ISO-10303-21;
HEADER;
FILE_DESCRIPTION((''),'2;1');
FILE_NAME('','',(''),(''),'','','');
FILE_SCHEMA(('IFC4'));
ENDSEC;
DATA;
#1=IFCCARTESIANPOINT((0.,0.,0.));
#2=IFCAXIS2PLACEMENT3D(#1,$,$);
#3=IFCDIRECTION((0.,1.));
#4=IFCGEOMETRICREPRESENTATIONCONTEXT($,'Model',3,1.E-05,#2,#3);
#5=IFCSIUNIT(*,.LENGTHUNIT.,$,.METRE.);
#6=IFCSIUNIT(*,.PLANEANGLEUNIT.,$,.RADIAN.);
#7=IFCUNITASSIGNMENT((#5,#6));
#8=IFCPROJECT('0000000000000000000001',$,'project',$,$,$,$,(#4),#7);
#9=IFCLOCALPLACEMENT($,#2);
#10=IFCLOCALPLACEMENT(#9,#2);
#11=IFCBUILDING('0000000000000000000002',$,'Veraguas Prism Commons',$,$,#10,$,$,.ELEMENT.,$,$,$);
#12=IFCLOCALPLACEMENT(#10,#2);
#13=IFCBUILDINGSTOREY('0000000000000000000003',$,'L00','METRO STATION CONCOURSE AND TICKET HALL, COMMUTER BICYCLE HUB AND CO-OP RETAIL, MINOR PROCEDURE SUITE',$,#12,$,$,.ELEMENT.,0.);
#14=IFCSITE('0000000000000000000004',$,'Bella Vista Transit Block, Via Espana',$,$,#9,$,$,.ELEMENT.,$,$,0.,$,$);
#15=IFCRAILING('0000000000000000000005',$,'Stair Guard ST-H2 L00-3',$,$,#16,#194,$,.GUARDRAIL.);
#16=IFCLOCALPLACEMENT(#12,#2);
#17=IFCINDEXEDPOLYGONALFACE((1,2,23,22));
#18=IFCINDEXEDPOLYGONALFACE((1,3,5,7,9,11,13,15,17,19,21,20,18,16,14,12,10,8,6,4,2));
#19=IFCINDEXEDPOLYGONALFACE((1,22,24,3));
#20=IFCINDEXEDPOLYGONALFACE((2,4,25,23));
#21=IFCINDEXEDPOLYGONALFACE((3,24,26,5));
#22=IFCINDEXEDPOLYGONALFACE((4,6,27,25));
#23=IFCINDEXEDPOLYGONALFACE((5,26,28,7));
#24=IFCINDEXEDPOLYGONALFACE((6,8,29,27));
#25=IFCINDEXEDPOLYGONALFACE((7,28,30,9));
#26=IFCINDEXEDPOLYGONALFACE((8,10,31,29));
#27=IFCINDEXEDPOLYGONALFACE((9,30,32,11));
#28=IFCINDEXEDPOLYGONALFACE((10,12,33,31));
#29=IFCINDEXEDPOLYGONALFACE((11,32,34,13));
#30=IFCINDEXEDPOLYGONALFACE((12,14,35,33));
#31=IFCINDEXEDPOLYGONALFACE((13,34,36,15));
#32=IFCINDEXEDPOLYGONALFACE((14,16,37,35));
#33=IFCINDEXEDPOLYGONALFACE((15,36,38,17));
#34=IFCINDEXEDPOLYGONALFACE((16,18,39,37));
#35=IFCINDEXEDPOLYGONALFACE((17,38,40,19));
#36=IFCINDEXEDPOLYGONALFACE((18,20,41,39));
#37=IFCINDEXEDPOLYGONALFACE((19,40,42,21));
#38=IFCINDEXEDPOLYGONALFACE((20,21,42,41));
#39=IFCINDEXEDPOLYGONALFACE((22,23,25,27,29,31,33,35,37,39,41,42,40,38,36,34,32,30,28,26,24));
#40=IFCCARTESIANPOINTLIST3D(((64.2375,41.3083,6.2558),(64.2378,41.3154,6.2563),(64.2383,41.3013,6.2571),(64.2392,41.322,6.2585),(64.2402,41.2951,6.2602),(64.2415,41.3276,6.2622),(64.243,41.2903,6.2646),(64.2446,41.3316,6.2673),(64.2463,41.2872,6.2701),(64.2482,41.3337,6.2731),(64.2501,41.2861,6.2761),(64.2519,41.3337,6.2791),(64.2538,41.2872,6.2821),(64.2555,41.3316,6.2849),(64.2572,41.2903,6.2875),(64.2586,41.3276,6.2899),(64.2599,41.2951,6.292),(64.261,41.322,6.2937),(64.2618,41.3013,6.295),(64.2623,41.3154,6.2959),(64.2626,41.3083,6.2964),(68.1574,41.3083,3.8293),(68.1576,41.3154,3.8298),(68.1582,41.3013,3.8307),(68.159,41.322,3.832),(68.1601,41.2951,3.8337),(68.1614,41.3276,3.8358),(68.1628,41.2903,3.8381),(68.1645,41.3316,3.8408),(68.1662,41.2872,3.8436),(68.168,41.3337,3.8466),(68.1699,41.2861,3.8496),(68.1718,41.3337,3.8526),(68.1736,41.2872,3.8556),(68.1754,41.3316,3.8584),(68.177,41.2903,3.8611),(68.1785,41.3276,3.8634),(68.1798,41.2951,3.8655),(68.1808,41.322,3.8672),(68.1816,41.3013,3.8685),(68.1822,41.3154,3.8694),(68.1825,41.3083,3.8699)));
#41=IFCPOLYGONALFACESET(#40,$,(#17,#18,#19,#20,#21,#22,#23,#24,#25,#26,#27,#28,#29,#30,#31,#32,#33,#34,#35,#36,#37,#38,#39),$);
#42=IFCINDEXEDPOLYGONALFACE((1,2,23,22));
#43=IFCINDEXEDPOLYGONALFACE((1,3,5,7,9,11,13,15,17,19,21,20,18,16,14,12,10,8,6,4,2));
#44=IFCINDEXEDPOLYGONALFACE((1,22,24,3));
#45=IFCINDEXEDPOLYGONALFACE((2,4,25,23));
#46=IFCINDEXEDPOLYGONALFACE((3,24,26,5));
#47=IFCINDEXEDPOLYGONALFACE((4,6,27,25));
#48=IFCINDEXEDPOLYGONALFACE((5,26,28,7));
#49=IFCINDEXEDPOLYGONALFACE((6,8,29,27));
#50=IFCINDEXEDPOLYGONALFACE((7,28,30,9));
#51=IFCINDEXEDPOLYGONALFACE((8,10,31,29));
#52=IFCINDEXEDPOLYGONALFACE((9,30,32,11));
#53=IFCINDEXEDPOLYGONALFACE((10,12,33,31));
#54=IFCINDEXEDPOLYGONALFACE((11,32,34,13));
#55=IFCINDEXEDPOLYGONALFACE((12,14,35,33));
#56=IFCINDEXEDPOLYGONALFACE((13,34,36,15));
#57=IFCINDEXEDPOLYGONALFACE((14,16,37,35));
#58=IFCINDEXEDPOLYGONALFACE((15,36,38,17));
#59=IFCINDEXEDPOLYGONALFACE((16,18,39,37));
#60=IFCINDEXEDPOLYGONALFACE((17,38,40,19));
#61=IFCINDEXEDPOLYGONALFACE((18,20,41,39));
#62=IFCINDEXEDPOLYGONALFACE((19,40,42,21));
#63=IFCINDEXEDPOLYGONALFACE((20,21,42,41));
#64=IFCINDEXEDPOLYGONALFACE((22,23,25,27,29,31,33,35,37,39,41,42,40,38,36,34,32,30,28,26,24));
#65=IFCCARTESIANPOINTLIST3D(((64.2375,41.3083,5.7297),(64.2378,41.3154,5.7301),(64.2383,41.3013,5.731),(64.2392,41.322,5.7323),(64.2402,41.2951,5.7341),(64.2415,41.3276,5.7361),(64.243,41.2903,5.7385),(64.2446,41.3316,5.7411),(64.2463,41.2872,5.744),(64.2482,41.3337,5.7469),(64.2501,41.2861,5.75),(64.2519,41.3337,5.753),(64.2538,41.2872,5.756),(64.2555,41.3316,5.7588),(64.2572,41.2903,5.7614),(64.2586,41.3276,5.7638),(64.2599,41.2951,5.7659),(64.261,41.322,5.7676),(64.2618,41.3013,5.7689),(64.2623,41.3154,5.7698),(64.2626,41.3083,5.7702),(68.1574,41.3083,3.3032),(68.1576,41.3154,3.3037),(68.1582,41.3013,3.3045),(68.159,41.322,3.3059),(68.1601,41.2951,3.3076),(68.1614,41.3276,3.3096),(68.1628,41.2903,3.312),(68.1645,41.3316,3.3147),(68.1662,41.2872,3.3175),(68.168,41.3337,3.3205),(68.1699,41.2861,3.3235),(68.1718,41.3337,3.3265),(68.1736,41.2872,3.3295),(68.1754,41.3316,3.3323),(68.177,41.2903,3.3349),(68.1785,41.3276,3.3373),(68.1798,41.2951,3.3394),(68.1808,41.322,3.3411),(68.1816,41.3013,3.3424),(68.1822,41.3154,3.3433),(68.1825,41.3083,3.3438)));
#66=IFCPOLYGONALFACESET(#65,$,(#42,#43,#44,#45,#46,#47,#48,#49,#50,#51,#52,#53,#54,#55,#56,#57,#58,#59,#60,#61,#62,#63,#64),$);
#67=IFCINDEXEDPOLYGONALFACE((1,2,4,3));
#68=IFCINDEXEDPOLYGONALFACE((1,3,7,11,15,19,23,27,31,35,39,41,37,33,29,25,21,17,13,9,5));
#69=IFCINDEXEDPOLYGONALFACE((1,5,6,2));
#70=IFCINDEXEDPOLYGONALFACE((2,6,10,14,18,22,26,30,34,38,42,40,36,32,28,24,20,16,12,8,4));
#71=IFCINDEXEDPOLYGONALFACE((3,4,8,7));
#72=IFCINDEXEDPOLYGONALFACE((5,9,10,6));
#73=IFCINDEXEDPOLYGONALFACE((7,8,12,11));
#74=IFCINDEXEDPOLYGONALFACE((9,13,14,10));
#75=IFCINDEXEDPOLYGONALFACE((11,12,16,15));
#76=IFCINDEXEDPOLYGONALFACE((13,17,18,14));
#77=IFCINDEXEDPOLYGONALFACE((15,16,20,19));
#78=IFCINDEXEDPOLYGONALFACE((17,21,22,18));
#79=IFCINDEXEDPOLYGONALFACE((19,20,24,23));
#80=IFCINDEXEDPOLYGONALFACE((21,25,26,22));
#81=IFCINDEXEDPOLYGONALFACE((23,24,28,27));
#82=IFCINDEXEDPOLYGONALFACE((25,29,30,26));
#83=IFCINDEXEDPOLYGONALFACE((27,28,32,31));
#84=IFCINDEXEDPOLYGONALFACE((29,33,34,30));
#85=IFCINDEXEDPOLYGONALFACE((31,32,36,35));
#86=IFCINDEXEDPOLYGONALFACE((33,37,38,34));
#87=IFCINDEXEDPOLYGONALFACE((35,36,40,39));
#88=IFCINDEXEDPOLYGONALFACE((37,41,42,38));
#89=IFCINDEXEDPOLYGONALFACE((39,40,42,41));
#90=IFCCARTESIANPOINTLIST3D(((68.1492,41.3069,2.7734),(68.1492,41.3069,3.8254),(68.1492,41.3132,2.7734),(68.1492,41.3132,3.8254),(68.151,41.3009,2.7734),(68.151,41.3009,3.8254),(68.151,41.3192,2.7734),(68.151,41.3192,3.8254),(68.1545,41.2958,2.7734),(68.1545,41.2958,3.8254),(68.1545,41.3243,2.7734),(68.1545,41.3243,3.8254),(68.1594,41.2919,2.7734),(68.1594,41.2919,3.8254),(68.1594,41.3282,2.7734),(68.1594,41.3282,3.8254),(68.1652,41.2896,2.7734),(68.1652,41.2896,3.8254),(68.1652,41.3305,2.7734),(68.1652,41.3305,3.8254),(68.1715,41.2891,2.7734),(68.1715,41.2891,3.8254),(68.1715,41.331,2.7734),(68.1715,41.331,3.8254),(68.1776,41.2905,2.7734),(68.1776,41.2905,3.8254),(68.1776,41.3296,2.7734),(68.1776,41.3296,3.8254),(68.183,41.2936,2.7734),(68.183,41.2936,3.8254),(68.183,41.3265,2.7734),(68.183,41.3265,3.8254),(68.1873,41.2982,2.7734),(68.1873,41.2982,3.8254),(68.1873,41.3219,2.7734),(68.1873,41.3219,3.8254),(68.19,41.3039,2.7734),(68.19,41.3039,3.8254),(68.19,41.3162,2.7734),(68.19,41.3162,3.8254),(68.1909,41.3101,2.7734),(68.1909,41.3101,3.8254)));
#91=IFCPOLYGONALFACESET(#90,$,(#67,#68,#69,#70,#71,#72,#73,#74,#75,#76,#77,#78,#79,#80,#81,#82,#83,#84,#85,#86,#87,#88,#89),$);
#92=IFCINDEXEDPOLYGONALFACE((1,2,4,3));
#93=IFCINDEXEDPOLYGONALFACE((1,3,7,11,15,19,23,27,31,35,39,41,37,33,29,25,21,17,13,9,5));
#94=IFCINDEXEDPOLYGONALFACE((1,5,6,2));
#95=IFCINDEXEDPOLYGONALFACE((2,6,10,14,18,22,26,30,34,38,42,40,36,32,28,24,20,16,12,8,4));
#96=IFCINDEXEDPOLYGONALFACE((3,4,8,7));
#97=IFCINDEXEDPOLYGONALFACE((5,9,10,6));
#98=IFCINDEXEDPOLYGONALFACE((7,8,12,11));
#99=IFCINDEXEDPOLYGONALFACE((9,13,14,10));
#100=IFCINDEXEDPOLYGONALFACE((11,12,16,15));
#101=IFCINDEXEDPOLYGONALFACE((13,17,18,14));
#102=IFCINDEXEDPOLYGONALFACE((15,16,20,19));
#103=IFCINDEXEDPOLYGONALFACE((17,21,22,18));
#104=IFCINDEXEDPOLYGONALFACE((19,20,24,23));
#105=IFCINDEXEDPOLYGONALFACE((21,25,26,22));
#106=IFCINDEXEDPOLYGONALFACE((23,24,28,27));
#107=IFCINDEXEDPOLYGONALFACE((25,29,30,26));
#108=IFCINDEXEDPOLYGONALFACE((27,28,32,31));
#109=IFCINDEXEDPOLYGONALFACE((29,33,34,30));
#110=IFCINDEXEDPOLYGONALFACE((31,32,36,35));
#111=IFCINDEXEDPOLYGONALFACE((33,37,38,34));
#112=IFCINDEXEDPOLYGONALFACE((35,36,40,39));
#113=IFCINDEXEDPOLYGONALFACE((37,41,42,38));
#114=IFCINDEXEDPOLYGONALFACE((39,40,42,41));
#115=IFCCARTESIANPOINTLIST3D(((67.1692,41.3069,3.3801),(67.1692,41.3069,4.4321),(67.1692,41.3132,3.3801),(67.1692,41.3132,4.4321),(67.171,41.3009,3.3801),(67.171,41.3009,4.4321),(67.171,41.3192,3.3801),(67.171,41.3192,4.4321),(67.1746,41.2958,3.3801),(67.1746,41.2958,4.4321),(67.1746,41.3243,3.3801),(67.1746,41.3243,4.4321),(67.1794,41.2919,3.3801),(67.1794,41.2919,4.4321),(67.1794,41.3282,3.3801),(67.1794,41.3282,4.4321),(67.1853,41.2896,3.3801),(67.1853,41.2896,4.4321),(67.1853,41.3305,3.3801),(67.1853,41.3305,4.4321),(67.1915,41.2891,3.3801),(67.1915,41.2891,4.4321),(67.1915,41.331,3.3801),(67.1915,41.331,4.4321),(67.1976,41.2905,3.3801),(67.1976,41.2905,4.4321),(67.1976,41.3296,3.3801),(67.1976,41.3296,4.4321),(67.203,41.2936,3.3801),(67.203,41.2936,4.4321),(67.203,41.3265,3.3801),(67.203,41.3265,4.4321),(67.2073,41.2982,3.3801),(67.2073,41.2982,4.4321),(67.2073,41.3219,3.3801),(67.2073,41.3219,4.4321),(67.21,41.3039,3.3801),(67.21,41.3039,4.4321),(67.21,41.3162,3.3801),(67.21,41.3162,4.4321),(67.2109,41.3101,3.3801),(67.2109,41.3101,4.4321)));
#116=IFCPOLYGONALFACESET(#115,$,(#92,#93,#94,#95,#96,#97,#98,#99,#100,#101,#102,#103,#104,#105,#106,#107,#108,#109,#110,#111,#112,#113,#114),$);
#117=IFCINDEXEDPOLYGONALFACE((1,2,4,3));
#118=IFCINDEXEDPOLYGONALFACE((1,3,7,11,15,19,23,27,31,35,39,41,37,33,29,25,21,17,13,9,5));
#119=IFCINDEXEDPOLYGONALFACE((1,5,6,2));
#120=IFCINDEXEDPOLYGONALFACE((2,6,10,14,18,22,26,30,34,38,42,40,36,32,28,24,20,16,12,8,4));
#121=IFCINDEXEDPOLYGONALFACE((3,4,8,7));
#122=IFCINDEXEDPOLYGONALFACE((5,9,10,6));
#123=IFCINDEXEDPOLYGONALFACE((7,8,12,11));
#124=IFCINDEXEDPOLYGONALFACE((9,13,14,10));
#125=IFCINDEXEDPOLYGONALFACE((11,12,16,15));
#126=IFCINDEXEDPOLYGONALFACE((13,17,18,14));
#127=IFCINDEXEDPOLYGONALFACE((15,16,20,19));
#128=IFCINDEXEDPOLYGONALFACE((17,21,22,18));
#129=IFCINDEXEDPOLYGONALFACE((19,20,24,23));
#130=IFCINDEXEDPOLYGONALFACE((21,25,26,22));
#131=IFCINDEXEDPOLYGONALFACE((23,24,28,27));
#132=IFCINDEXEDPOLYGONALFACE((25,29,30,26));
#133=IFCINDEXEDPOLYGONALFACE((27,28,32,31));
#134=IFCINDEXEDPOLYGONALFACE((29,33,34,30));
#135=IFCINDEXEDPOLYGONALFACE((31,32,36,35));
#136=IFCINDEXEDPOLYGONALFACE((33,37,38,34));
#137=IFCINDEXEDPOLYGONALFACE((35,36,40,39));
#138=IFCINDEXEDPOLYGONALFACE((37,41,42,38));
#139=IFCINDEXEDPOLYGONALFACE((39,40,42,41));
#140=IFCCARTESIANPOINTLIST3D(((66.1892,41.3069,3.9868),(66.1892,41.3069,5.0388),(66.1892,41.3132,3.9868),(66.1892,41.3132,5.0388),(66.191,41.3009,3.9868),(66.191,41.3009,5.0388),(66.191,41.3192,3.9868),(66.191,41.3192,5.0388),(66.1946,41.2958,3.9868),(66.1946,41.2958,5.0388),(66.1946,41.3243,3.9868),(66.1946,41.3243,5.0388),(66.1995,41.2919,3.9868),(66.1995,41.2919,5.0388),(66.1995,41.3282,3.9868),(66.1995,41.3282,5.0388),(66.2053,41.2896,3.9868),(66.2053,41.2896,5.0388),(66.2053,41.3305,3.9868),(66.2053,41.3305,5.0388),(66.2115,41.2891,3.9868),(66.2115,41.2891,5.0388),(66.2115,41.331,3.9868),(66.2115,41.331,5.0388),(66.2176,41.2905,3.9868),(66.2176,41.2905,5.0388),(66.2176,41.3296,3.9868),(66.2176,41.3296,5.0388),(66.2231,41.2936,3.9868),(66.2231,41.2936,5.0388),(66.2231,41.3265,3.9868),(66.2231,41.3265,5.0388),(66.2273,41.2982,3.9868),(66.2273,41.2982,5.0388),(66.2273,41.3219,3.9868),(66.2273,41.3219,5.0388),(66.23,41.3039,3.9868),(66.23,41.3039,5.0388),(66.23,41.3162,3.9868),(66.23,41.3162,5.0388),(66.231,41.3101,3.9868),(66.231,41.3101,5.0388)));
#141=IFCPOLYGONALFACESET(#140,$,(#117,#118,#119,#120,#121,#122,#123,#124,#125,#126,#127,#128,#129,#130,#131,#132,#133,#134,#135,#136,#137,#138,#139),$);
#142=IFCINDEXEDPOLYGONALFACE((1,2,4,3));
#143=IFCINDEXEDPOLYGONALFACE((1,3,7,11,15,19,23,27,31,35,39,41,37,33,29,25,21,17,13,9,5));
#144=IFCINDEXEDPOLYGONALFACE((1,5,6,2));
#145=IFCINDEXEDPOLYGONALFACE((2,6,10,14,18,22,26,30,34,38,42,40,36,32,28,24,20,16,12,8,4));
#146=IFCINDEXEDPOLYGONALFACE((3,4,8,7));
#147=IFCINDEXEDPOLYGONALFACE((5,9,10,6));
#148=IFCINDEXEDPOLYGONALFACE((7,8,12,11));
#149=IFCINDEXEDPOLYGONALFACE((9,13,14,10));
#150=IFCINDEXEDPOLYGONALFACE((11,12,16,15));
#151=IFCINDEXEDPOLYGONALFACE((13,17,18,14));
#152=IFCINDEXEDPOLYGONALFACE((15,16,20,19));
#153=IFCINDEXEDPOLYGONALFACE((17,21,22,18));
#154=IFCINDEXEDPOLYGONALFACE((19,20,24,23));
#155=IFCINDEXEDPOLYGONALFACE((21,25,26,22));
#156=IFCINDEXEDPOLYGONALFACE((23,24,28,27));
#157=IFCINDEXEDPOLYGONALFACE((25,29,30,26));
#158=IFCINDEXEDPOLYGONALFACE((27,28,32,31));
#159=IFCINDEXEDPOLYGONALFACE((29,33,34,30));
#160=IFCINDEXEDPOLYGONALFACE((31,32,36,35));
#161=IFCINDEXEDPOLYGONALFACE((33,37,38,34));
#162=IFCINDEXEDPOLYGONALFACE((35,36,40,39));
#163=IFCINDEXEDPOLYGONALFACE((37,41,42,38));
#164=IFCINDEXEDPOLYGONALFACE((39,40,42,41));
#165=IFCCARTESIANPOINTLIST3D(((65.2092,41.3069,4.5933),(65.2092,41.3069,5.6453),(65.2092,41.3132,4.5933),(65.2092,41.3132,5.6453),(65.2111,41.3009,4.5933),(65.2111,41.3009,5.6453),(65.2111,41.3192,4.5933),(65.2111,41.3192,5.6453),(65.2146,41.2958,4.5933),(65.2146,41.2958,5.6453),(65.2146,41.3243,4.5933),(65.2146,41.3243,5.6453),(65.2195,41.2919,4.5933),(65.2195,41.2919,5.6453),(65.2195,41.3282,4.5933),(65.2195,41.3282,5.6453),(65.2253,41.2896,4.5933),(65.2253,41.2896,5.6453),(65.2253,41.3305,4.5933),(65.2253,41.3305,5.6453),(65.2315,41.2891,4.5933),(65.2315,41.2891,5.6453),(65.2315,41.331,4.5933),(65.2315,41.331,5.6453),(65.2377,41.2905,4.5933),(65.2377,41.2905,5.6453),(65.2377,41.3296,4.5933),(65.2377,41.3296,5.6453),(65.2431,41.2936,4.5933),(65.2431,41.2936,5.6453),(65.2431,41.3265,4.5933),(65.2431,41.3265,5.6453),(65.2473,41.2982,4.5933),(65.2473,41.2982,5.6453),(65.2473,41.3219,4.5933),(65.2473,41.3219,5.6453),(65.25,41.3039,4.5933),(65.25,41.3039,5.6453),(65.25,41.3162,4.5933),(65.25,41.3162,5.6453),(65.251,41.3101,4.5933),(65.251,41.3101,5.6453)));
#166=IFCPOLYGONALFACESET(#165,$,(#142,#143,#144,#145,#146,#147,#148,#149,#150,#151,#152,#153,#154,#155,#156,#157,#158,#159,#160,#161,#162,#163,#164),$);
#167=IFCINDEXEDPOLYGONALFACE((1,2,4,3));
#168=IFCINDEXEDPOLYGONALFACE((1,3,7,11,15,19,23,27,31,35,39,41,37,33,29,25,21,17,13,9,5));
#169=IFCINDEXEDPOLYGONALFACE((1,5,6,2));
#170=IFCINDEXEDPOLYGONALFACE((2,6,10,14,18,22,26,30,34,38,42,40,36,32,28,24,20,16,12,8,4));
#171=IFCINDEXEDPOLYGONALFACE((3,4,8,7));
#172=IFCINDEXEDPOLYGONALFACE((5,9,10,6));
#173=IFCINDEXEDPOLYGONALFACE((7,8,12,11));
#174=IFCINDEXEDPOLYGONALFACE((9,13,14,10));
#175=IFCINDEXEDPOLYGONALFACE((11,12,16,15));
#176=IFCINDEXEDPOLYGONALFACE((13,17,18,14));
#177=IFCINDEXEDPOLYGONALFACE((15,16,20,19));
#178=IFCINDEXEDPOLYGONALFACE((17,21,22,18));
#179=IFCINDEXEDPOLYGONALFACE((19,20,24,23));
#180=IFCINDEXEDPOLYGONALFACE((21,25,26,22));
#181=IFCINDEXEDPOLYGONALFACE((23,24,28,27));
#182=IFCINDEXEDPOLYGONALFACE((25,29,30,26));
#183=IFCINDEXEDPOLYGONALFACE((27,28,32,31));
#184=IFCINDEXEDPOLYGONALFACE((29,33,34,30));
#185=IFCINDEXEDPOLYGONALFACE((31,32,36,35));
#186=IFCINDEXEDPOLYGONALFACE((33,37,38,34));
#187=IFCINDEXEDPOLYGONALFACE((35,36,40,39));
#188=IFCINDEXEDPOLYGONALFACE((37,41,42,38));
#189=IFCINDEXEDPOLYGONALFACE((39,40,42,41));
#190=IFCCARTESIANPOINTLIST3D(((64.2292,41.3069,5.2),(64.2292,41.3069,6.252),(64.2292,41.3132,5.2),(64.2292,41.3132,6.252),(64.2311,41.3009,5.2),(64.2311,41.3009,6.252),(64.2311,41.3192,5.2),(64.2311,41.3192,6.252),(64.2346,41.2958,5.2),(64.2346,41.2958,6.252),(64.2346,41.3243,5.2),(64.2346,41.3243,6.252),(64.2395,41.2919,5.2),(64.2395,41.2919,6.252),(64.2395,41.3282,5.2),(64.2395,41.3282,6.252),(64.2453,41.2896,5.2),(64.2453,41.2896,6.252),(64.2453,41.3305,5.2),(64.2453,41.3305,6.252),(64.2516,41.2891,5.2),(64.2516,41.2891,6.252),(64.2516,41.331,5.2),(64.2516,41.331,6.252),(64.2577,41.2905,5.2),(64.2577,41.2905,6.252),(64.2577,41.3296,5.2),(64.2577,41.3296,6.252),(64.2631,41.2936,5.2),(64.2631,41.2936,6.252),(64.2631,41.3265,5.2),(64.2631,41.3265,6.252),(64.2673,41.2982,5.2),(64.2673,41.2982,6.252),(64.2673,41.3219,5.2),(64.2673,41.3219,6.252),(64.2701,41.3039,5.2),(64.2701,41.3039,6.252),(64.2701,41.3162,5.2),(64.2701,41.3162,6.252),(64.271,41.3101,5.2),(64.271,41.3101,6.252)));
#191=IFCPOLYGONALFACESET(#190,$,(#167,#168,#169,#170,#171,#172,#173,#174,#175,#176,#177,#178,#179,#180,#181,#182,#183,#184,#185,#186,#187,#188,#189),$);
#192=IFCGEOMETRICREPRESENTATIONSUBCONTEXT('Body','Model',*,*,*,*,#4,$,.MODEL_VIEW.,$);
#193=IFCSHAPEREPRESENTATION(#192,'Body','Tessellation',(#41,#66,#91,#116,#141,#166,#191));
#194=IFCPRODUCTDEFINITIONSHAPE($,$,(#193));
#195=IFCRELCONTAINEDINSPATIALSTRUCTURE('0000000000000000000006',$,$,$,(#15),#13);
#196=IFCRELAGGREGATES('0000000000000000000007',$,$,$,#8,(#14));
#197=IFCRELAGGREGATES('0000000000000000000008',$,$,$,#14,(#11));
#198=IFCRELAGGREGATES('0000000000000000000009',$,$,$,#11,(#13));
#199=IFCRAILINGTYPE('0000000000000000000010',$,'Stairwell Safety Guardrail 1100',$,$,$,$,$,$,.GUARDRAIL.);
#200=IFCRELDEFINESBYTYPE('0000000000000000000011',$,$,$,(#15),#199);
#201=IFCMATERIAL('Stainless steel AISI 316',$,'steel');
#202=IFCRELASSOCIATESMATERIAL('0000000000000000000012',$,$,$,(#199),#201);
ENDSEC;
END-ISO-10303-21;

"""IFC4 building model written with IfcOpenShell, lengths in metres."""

from ifc_helpers import new_model, si_unit, direction, frame, origin, origin_2d, place, context, subcontext, project, spatial, circle, extrude, material, type_object, element, save


model = new_model("IFC4")

# Units and contexts
model_context = context("Model", 3, precision=1e-05, world=origin(), true_north=direction((0.0, 1.0)))
body_context = subcontext(model_context, "Body", "Model", "MODEL_VIEW")
ifc_project = project(units=[si_unit("LENGTHUNIT", "METRE"), si_unit("PLANEANGLEUNIT", "RADIAN")], contexts=[model_context])

# Site, building, storey
site_placement = place(None, origin())
site = spatial("IfcSite", under=ifc_project, at=site_placement, Name="Bella Vista Transit Block, Via Espana", CompositionType="ELEMENT", RefElevation=0.0)
building_placement = place(site_placement, origin())
building = spatial("IfcBuilding", under=site, at=building_placement, Name="Veraguas Prism Commons", CompositionType="ELEMENT")
storey_placement = place(building_placement, origin())
storey = spatial("IfcBuildingStorey", under=building, at=storey_placement, Name="L00", Description="METRO STATION CONCOURSE AND TICKET HALL, COMMUTER BICYCLE HUB AND CO-OP RETAIL, MINOR PROCEDURE SUITE", CompositionType="ELEMENT", Elevation=0.0)

# Railing
ifc_material_1 = material(Name="Stainless steel AISI 316", Category="steel")
railing_type_1 = type_object("IfcRailingType", Name="Stairwell Safety Guardrail 1100", PredefinedType="GUARDRAIL", material=ifc_material_1)
railing_1_placement = place(storey_placement, frame((68.1699, 41.3101, 2.7734)))
element("IfcRailing", 1, at=railing_1_placement, inside=storey, type_object=railing_type_1, Name="Stair Guard ST-H2 L00-3", PredefinedType="GUARDRAIL", context=body_context, shape_type="SweptSolid", body=[
    extrude(circle(Radius=0.0239, at=origin_2d()), frame((0.0, 0.0, 1.0762), z_axis=(-0.850275, 0.0, 0.526338), x_axis=(0.0, -1.0, 0.0)), (0.0, 0.0, 1.0), 4.6101),
    extrude(circle(Radius=0.0239, at=origin_2d()), frame((0.0, 0.0, 0.55), z_axis=(-0.850275, 0.0, 0.526338), x_axis=(0.0, -1.0, 0.0)), (0.0, 0.0, 1.0), 4.6101),
    extrude(circle(Radius=0.021, at=origin_2d()), origin(), (0.0, 0.0, 1.0), 1.052),
    extrude(circle(Radius=0.021, at=origin_2d()), frame((-0.98, 0.0, 0.6067)), (0.0, 0.0, 1.0), 1.052),
    extrude(circle(Radius=0.021, at=origin_2d()), frame((-1.96, 0.0, 1.2134)), (0.0, 0.0, 1.0), 1.052),
    extrude(circle(Radius=0.021, at=origin_2d()), frame((-2.9399, 0.0, 1.8198)), (0.0, 0.0, 1.0), 1.052),
    extrude(circle(Radius=0.021, at=origin_2d()), frame((-3.9199, 0.0, 2.4265)), (0.0, 0.0, 1.0), 1.052),
])

save(model, "model.ifc")
